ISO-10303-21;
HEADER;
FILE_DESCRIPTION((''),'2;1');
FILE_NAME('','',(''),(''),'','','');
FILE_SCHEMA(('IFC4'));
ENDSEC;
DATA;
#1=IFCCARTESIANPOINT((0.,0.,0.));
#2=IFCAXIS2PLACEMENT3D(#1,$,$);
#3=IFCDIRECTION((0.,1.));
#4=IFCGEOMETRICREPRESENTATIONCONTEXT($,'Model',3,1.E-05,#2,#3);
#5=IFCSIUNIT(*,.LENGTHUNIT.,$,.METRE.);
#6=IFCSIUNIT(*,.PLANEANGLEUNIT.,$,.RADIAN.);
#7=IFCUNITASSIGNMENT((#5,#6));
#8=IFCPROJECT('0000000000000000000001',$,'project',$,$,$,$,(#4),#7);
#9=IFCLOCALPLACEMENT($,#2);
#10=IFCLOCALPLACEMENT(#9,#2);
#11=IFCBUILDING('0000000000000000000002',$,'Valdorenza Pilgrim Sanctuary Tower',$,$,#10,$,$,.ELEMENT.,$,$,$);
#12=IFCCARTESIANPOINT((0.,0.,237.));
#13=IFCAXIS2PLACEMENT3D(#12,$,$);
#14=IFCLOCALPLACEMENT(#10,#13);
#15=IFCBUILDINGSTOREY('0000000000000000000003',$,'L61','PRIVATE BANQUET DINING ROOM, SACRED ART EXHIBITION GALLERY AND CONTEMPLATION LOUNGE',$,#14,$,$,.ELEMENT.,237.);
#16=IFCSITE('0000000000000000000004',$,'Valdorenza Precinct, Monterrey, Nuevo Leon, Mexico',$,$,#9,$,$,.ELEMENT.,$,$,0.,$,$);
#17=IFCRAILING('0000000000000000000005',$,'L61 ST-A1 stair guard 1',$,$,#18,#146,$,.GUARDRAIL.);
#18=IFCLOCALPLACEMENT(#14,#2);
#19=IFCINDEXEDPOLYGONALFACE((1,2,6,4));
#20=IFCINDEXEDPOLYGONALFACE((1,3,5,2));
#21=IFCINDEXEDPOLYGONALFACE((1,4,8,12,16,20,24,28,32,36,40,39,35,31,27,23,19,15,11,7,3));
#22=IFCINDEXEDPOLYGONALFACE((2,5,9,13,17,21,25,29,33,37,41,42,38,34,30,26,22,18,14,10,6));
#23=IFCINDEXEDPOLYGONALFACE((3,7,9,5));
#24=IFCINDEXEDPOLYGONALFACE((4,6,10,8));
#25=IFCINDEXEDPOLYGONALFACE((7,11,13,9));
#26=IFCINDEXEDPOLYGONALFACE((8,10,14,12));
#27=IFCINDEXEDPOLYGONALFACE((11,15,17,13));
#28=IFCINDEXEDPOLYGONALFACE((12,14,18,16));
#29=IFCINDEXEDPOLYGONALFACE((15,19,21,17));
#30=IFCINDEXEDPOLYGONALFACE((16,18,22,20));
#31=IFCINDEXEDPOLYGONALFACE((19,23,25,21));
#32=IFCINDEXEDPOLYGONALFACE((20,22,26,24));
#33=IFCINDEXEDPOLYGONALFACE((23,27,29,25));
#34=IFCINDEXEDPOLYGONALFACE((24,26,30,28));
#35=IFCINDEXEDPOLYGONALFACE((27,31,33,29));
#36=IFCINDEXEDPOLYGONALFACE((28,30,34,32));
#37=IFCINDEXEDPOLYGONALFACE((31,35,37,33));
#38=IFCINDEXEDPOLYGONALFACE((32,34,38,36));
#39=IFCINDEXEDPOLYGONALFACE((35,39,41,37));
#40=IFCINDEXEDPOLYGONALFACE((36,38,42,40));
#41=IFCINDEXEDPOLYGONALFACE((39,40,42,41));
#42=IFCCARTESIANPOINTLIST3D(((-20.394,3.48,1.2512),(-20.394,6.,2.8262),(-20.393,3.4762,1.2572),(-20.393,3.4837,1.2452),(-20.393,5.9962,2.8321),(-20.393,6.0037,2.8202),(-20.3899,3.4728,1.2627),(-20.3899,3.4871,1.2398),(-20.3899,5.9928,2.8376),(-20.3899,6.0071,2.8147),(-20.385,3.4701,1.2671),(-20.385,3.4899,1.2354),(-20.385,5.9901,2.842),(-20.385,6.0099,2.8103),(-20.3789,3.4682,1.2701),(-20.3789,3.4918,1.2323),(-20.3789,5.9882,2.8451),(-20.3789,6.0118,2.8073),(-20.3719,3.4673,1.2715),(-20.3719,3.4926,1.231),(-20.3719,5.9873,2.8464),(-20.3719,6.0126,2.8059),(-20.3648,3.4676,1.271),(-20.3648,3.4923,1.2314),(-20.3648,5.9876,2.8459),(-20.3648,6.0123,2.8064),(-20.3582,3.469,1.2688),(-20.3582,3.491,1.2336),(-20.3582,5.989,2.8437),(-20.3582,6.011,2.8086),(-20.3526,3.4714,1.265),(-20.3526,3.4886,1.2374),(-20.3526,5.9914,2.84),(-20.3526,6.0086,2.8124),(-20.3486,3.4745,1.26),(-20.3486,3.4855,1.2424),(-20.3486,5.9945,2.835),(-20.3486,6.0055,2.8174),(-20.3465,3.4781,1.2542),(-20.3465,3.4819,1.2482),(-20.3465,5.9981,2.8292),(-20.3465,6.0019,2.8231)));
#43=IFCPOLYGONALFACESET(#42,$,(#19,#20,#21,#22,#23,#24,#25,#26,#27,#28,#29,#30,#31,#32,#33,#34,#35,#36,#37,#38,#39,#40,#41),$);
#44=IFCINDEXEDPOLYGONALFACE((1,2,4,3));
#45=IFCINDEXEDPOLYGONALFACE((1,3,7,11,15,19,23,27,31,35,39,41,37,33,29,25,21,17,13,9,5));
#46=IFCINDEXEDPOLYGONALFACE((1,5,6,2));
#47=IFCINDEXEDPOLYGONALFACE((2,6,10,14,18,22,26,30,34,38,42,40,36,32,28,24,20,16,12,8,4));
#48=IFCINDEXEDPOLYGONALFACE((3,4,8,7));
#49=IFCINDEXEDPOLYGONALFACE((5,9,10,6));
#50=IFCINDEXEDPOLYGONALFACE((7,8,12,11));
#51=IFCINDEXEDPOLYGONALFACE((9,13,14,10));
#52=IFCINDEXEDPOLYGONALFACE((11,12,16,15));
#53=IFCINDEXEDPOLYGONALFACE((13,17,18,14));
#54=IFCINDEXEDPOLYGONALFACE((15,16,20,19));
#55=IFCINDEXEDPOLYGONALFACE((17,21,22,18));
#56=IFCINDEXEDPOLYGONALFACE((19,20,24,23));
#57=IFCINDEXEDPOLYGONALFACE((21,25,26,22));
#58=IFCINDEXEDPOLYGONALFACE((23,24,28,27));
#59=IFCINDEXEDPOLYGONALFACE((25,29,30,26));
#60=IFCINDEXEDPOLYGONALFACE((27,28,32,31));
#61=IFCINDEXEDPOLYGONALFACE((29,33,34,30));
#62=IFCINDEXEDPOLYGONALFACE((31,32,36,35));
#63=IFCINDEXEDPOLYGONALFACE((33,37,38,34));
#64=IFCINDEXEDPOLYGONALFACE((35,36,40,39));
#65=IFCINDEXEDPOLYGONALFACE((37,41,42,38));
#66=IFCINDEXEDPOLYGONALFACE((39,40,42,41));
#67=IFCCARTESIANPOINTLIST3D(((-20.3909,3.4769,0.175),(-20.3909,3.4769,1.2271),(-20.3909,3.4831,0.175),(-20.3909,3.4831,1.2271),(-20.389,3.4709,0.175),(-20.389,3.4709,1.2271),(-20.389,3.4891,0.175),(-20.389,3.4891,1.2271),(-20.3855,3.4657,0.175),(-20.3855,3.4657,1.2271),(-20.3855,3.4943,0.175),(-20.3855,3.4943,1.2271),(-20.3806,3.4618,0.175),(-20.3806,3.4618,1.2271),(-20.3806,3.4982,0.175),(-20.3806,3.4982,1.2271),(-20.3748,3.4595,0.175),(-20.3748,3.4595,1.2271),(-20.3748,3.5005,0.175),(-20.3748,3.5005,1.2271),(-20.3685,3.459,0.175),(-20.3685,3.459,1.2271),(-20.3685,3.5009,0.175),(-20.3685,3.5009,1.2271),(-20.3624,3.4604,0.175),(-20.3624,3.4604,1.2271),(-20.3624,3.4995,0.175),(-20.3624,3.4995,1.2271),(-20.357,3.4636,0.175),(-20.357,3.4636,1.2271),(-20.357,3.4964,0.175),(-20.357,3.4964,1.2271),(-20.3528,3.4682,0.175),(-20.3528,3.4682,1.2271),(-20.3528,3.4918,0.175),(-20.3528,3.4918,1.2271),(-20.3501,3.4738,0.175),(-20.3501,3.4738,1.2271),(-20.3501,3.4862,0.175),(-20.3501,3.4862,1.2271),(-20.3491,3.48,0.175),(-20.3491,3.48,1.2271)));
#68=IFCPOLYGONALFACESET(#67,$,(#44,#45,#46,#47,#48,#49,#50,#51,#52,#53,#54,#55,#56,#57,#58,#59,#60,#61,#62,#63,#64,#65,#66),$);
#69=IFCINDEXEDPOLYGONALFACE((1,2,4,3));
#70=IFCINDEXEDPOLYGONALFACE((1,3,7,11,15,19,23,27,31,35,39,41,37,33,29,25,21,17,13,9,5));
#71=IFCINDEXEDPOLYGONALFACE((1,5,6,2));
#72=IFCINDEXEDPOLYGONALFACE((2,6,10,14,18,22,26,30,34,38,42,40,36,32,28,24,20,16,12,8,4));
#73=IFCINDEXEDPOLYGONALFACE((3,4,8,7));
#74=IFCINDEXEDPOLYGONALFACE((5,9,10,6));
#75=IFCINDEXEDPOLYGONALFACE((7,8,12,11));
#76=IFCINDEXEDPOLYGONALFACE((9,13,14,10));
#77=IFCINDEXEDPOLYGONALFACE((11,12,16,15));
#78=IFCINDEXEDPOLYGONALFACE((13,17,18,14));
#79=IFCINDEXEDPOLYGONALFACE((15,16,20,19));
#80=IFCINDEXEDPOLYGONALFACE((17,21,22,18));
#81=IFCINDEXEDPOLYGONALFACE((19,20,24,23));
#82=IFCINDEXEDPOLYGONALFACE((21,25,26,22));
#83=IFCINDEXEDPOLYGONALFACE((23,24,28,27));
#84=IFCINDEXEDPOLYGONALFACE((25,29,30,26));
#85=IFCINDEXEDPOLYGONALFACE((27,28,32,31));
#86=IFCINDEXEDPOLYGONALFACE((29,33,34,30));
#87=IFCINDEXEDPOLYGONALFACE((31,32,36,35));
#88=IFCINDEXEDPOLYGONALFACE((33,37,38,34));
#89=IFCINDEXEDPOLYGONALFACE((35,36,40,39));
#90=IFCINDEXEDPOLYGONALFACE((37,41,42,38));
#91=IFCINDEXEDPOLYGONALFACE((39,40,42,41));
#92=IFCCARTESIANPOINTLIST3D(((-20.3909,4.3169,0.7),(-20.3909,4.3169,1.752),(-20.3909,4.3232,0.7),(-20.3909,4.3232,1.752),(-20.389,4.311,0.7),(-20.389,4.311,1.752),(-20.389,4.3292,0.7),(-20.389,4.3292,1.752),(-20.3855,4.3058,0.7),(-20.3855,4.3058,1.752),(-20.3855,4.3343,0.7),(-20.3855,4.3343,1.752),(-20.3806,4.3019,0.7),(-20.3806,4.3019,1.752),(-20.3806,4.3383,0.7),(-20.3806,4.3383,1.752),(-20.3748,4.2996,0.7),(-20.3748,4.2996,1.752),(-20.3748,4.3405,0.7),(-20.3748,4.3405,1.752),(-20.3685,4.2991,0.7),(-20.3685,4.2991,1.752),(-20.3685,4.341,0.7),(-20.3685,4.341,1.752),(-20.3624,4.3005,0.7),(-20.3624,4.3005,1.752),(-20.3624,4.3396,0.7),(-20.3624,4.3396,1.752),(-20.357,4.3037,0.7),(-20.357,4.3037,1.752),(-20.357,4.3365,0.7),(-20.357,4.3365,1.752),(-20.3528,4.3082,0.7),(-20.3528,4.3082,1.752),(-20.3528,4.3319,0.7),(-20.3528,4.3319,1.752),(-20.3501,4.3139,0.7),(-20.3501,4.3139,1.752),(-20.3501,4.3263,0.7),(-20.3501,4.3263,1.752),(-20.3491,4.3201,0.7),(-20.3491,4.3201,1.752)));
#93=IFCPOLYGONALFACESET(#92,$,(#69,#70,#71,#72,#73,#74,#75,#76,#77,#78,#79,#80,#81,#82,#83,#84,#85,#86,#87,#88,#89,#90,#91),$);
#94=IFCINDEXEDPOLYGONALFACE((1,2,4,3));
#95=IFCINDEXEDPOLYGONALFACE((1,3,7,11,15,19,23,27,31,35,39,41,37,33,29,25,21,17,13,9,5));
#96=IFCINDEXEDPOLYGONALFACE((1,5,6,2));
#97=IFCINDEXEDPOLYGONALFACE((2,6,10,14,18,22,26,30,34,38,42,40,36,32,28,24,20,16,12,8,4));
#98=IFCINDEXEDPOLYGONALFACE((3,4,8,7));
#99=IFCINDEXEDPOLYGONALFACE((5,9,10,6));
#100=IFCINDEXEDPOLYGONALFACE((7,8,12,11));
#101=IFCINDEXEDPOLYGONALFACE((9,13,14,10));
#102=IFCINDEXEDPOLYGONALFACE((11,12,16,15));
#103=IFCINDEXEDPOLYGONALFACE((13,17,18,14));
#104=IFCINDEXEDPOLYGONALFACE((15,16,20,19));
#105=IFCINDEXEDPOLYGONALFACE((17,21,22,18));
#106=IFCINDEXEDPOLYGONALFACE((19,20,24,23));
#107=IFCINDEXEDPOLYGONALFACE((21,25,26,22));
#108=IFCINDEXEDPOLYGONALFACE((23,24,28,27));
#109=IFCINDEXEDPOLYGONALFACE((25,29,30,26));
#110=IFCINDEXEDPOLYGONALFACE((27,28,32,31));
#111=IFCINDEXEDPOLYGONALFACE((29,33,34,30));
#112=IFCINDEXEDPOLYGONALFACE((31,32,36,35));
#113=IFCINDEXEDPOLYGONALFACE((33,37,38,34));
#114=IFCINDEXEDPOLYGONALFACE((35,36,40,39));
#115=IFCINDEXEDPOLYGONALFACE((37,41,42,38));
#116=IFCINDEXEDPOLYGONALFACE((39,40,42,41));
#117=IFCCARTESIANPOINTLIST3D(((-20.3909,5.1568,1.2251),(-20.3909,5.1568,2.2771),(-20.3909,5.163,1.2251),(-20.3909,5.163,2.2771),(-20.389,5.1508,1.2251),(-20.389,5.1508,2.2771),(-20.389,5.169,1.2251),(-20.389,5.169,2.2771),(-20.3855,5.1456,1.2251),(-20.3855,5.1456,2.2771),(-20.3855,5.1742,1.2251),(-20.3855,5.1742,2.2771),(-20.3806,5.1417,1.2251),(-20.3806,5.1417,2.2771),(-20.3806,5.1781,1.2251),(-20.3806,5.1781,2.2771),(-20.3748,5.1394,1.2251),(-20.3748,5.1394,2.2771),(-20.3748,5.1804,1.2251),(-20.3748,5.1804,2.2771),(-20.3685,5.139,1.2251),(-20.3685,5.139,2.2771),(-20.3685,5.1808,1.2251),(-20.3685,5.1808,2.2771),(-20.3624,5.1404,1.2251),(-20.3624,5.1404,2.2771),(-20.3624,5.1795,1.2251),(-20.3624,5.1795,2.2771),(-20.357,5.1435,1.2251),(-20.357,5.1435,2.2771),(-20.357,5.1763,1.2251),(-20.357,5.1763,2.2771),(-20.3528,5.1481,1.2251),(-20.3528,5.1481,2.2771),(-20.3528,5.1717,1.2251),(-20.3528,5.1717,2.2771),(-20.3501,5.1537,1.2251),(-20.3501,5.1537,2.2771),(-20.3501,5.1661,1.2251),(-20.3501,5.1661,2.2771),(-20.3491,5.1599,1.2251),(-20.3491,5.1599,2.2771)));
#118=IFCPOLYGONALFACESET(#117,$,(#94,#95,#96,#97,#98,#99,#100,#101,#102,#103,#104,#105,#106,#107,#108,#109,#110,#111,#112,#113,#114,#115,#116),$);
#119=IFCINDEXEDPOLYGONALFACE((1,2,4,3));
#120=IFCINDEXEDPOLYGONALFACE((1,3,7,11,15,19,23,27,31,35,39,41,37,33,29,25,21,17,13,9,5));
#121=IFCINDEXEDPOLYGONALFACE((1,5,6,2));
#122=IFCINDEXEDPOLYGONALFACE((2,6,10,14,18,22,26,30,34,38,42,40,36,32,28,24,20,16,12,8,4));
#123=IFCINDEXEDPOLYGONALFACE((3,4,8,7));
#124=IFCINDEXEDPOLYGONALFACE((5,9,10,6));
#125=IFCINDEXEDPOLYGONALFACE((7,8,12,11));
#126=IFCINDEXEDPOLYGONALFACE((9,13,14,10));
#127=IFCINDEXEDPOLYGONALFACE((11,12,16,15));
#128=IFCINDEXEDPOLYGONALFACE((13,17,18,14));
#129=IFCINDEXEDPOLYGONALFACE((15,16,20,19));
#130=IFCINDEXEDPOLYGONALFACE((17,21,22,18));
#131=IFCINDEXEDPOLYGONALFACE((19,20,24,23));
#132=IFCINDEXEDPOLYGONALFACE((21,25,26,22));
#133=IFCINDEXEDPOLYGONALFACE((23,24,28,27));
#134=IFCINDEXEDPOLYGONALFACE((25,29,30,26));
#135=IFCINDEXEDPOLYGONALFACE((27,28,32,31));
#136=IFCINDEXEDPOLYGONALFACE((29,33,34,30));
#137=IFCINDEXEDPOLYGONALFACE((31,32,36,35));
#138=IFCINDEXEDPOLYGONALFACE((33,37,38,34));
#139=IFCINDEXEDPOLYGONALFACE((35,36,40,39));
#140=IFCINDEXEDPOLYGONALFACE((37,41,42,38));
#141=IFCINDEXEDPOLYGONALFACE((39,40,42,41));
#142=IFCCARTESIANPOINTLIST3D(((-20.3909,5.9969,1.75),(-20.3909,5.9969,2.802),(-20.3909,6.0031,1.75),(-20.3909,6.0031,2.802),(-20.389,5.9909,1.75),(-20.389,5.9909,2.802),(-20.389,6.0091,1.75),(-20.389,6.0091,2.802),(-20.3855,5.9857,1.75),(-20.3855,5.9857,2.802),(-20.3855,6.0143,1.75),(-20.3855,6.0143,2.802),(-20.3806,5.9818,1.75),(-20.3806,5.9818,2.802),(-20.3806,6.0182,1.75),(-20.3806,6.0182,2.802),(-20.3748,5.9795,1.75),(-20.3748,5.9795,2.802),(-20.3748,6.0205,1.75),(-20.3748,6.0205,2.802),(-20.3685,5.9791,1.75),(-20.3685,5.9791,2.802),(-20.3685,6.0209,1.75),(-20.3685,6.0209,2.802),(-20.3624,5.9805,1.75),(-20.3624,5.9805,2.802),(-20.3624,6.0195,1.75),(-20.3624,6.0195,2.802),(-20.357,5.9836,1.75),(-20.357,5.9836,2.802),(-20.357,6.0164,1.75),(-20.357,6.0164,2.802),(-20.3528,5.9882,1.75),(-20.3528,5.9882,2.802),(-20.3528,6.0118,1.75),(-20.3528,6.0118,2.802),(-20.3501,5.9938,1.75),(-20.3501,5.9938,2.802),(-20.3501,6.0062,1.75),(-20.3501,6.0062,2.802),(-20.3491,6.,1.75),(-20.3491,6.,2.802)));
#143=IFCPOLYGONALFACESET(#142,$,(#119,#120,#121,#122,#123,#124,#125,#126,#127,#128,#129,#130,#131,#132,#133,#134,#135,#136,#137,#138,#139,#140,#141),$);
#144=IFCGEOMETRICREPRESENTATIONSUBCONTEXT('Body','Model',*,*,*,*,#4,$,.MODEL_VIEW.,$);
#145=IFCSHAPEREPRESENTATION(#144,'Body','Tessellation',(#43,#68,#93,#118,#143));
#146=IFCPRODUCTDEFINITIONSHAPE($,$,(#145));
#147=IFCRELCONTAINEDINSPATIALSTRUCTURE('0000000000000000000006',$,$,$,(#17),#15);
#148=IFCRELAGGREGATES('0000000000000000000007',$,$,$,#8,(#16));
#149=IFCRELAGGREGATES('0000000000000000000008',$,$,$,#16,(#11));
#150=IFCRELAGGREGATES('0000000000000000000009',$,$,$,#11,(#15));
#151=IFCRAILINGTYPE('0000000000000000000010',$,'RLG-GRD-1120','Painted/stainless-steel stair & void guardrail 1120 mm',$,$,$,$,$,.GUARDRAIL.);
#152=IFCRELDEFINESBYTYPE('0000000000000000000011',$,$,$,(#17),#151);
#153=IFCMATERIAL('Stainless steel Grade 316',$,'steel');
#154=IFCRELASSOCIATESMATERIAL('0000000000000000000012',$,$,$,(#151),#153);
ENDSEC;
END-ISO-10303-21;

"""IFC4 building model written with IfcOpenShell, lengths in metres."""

from ifc_helpers import new_model, si_unit, direction, frame, origin, origin_2d, place, context, subcontext, project, spatial, circle, extrude, material, type_object, element, save


model = new_model("IFC4")

# Units and contexts
model_context = context("Model", 3, precision=1e-05, world=origin(), true_north=direction((0.0, 1.0)))
body_context = subcontext(model_context, "Body", "Model", "MODEL_VIEW")
ifc_project = project(units=[si_unit("LENGTHUNIT", "METRE"), si_unit("PLANEANGLEUNIT", "RADIAN")], contexts=[model_context])

# Site, building, storey
site_placement = place(None, origin())
site = spatial("IfcSite", under=ifc_project, at=site_placement, Name="Valdorenza Precinct, Monterrey, Nuevo Leon, Mexico", CompositionType="ELEMENT", RefElevation=0.0)
building_placement = place(site_placement, origin())
building = spatial("IfcBuilding", under=site, at=building_placement, Name="Valdorenza Pilgrim Sanctuary Tower", CompositionType="ELEMENT")
storey_placement = place(building_placement, frame((0.0, 0.0, 237.0)))
storey = spatial("IfcBuildingStorey", under=building, at=storey_placement, Name="L61", Description="PRIVATE BANQUET DINING ROOM, SACRED ART EXHIBITION GALLERY AND CONTEMPLATION LOUNGE", CompositionType="ELEMENT", Elevation=237.0)

# Railing
ifc_material_1 = material(Name="Stainless steel Grade 316", Category="steel")
railing_type_1 = type_object("IfcRailingType", Name="RLG-GRD-1120", Description="Painted/stainless-steel stair & void guardrail 1120 mm", PredefinedType="GUARDRAIL", material=ifc_material_1)
railing_1_placement = place(storey_placement, frame((-20.3701, 3.48, 0.175)))
element("IfcRailing", 1, at=railing_1_placement, inside=storey, type_object=railing_type_1, Name="L61 ST-A1 stair guard 1", PredefinedType="GUARDRAIL", context=body_context, shape_type="SweptSolid", body=[
    extrude(circle(Radius=0.0239, at=origin_2d()), frame((0.0, 0.0, 1.0762), z_axis=(0.0, 0.848008, 0.529984), x_axis=(-1.0, 0.0, 0.0)), (0.0, 0.0, 1.0), 2.9717),
    extrude(circle(Radius=0.021, at=origin_2d()), origin(), (0.0, 0.0, 1.0), 1.052),
    extrude(circle(Radius=0.021, at=origin_2d()), frame((0.0, 0.8401, 0.5249)), (0.0, 0.0, 1.0), 1.052),
    extrude(circle(Radius=0.021, at=origin_2d()), frame((0.0, 1.6799, 1.05)), (0.0, 0.0, 1.0), 1.052),
    extrude(circle(Radius=0.021, at=origin_2d()), frame((0.0, 2.52, 1.575)), (0.0, 0.0, 1.0), 1.052),
])

save(model, "model.ifc")
